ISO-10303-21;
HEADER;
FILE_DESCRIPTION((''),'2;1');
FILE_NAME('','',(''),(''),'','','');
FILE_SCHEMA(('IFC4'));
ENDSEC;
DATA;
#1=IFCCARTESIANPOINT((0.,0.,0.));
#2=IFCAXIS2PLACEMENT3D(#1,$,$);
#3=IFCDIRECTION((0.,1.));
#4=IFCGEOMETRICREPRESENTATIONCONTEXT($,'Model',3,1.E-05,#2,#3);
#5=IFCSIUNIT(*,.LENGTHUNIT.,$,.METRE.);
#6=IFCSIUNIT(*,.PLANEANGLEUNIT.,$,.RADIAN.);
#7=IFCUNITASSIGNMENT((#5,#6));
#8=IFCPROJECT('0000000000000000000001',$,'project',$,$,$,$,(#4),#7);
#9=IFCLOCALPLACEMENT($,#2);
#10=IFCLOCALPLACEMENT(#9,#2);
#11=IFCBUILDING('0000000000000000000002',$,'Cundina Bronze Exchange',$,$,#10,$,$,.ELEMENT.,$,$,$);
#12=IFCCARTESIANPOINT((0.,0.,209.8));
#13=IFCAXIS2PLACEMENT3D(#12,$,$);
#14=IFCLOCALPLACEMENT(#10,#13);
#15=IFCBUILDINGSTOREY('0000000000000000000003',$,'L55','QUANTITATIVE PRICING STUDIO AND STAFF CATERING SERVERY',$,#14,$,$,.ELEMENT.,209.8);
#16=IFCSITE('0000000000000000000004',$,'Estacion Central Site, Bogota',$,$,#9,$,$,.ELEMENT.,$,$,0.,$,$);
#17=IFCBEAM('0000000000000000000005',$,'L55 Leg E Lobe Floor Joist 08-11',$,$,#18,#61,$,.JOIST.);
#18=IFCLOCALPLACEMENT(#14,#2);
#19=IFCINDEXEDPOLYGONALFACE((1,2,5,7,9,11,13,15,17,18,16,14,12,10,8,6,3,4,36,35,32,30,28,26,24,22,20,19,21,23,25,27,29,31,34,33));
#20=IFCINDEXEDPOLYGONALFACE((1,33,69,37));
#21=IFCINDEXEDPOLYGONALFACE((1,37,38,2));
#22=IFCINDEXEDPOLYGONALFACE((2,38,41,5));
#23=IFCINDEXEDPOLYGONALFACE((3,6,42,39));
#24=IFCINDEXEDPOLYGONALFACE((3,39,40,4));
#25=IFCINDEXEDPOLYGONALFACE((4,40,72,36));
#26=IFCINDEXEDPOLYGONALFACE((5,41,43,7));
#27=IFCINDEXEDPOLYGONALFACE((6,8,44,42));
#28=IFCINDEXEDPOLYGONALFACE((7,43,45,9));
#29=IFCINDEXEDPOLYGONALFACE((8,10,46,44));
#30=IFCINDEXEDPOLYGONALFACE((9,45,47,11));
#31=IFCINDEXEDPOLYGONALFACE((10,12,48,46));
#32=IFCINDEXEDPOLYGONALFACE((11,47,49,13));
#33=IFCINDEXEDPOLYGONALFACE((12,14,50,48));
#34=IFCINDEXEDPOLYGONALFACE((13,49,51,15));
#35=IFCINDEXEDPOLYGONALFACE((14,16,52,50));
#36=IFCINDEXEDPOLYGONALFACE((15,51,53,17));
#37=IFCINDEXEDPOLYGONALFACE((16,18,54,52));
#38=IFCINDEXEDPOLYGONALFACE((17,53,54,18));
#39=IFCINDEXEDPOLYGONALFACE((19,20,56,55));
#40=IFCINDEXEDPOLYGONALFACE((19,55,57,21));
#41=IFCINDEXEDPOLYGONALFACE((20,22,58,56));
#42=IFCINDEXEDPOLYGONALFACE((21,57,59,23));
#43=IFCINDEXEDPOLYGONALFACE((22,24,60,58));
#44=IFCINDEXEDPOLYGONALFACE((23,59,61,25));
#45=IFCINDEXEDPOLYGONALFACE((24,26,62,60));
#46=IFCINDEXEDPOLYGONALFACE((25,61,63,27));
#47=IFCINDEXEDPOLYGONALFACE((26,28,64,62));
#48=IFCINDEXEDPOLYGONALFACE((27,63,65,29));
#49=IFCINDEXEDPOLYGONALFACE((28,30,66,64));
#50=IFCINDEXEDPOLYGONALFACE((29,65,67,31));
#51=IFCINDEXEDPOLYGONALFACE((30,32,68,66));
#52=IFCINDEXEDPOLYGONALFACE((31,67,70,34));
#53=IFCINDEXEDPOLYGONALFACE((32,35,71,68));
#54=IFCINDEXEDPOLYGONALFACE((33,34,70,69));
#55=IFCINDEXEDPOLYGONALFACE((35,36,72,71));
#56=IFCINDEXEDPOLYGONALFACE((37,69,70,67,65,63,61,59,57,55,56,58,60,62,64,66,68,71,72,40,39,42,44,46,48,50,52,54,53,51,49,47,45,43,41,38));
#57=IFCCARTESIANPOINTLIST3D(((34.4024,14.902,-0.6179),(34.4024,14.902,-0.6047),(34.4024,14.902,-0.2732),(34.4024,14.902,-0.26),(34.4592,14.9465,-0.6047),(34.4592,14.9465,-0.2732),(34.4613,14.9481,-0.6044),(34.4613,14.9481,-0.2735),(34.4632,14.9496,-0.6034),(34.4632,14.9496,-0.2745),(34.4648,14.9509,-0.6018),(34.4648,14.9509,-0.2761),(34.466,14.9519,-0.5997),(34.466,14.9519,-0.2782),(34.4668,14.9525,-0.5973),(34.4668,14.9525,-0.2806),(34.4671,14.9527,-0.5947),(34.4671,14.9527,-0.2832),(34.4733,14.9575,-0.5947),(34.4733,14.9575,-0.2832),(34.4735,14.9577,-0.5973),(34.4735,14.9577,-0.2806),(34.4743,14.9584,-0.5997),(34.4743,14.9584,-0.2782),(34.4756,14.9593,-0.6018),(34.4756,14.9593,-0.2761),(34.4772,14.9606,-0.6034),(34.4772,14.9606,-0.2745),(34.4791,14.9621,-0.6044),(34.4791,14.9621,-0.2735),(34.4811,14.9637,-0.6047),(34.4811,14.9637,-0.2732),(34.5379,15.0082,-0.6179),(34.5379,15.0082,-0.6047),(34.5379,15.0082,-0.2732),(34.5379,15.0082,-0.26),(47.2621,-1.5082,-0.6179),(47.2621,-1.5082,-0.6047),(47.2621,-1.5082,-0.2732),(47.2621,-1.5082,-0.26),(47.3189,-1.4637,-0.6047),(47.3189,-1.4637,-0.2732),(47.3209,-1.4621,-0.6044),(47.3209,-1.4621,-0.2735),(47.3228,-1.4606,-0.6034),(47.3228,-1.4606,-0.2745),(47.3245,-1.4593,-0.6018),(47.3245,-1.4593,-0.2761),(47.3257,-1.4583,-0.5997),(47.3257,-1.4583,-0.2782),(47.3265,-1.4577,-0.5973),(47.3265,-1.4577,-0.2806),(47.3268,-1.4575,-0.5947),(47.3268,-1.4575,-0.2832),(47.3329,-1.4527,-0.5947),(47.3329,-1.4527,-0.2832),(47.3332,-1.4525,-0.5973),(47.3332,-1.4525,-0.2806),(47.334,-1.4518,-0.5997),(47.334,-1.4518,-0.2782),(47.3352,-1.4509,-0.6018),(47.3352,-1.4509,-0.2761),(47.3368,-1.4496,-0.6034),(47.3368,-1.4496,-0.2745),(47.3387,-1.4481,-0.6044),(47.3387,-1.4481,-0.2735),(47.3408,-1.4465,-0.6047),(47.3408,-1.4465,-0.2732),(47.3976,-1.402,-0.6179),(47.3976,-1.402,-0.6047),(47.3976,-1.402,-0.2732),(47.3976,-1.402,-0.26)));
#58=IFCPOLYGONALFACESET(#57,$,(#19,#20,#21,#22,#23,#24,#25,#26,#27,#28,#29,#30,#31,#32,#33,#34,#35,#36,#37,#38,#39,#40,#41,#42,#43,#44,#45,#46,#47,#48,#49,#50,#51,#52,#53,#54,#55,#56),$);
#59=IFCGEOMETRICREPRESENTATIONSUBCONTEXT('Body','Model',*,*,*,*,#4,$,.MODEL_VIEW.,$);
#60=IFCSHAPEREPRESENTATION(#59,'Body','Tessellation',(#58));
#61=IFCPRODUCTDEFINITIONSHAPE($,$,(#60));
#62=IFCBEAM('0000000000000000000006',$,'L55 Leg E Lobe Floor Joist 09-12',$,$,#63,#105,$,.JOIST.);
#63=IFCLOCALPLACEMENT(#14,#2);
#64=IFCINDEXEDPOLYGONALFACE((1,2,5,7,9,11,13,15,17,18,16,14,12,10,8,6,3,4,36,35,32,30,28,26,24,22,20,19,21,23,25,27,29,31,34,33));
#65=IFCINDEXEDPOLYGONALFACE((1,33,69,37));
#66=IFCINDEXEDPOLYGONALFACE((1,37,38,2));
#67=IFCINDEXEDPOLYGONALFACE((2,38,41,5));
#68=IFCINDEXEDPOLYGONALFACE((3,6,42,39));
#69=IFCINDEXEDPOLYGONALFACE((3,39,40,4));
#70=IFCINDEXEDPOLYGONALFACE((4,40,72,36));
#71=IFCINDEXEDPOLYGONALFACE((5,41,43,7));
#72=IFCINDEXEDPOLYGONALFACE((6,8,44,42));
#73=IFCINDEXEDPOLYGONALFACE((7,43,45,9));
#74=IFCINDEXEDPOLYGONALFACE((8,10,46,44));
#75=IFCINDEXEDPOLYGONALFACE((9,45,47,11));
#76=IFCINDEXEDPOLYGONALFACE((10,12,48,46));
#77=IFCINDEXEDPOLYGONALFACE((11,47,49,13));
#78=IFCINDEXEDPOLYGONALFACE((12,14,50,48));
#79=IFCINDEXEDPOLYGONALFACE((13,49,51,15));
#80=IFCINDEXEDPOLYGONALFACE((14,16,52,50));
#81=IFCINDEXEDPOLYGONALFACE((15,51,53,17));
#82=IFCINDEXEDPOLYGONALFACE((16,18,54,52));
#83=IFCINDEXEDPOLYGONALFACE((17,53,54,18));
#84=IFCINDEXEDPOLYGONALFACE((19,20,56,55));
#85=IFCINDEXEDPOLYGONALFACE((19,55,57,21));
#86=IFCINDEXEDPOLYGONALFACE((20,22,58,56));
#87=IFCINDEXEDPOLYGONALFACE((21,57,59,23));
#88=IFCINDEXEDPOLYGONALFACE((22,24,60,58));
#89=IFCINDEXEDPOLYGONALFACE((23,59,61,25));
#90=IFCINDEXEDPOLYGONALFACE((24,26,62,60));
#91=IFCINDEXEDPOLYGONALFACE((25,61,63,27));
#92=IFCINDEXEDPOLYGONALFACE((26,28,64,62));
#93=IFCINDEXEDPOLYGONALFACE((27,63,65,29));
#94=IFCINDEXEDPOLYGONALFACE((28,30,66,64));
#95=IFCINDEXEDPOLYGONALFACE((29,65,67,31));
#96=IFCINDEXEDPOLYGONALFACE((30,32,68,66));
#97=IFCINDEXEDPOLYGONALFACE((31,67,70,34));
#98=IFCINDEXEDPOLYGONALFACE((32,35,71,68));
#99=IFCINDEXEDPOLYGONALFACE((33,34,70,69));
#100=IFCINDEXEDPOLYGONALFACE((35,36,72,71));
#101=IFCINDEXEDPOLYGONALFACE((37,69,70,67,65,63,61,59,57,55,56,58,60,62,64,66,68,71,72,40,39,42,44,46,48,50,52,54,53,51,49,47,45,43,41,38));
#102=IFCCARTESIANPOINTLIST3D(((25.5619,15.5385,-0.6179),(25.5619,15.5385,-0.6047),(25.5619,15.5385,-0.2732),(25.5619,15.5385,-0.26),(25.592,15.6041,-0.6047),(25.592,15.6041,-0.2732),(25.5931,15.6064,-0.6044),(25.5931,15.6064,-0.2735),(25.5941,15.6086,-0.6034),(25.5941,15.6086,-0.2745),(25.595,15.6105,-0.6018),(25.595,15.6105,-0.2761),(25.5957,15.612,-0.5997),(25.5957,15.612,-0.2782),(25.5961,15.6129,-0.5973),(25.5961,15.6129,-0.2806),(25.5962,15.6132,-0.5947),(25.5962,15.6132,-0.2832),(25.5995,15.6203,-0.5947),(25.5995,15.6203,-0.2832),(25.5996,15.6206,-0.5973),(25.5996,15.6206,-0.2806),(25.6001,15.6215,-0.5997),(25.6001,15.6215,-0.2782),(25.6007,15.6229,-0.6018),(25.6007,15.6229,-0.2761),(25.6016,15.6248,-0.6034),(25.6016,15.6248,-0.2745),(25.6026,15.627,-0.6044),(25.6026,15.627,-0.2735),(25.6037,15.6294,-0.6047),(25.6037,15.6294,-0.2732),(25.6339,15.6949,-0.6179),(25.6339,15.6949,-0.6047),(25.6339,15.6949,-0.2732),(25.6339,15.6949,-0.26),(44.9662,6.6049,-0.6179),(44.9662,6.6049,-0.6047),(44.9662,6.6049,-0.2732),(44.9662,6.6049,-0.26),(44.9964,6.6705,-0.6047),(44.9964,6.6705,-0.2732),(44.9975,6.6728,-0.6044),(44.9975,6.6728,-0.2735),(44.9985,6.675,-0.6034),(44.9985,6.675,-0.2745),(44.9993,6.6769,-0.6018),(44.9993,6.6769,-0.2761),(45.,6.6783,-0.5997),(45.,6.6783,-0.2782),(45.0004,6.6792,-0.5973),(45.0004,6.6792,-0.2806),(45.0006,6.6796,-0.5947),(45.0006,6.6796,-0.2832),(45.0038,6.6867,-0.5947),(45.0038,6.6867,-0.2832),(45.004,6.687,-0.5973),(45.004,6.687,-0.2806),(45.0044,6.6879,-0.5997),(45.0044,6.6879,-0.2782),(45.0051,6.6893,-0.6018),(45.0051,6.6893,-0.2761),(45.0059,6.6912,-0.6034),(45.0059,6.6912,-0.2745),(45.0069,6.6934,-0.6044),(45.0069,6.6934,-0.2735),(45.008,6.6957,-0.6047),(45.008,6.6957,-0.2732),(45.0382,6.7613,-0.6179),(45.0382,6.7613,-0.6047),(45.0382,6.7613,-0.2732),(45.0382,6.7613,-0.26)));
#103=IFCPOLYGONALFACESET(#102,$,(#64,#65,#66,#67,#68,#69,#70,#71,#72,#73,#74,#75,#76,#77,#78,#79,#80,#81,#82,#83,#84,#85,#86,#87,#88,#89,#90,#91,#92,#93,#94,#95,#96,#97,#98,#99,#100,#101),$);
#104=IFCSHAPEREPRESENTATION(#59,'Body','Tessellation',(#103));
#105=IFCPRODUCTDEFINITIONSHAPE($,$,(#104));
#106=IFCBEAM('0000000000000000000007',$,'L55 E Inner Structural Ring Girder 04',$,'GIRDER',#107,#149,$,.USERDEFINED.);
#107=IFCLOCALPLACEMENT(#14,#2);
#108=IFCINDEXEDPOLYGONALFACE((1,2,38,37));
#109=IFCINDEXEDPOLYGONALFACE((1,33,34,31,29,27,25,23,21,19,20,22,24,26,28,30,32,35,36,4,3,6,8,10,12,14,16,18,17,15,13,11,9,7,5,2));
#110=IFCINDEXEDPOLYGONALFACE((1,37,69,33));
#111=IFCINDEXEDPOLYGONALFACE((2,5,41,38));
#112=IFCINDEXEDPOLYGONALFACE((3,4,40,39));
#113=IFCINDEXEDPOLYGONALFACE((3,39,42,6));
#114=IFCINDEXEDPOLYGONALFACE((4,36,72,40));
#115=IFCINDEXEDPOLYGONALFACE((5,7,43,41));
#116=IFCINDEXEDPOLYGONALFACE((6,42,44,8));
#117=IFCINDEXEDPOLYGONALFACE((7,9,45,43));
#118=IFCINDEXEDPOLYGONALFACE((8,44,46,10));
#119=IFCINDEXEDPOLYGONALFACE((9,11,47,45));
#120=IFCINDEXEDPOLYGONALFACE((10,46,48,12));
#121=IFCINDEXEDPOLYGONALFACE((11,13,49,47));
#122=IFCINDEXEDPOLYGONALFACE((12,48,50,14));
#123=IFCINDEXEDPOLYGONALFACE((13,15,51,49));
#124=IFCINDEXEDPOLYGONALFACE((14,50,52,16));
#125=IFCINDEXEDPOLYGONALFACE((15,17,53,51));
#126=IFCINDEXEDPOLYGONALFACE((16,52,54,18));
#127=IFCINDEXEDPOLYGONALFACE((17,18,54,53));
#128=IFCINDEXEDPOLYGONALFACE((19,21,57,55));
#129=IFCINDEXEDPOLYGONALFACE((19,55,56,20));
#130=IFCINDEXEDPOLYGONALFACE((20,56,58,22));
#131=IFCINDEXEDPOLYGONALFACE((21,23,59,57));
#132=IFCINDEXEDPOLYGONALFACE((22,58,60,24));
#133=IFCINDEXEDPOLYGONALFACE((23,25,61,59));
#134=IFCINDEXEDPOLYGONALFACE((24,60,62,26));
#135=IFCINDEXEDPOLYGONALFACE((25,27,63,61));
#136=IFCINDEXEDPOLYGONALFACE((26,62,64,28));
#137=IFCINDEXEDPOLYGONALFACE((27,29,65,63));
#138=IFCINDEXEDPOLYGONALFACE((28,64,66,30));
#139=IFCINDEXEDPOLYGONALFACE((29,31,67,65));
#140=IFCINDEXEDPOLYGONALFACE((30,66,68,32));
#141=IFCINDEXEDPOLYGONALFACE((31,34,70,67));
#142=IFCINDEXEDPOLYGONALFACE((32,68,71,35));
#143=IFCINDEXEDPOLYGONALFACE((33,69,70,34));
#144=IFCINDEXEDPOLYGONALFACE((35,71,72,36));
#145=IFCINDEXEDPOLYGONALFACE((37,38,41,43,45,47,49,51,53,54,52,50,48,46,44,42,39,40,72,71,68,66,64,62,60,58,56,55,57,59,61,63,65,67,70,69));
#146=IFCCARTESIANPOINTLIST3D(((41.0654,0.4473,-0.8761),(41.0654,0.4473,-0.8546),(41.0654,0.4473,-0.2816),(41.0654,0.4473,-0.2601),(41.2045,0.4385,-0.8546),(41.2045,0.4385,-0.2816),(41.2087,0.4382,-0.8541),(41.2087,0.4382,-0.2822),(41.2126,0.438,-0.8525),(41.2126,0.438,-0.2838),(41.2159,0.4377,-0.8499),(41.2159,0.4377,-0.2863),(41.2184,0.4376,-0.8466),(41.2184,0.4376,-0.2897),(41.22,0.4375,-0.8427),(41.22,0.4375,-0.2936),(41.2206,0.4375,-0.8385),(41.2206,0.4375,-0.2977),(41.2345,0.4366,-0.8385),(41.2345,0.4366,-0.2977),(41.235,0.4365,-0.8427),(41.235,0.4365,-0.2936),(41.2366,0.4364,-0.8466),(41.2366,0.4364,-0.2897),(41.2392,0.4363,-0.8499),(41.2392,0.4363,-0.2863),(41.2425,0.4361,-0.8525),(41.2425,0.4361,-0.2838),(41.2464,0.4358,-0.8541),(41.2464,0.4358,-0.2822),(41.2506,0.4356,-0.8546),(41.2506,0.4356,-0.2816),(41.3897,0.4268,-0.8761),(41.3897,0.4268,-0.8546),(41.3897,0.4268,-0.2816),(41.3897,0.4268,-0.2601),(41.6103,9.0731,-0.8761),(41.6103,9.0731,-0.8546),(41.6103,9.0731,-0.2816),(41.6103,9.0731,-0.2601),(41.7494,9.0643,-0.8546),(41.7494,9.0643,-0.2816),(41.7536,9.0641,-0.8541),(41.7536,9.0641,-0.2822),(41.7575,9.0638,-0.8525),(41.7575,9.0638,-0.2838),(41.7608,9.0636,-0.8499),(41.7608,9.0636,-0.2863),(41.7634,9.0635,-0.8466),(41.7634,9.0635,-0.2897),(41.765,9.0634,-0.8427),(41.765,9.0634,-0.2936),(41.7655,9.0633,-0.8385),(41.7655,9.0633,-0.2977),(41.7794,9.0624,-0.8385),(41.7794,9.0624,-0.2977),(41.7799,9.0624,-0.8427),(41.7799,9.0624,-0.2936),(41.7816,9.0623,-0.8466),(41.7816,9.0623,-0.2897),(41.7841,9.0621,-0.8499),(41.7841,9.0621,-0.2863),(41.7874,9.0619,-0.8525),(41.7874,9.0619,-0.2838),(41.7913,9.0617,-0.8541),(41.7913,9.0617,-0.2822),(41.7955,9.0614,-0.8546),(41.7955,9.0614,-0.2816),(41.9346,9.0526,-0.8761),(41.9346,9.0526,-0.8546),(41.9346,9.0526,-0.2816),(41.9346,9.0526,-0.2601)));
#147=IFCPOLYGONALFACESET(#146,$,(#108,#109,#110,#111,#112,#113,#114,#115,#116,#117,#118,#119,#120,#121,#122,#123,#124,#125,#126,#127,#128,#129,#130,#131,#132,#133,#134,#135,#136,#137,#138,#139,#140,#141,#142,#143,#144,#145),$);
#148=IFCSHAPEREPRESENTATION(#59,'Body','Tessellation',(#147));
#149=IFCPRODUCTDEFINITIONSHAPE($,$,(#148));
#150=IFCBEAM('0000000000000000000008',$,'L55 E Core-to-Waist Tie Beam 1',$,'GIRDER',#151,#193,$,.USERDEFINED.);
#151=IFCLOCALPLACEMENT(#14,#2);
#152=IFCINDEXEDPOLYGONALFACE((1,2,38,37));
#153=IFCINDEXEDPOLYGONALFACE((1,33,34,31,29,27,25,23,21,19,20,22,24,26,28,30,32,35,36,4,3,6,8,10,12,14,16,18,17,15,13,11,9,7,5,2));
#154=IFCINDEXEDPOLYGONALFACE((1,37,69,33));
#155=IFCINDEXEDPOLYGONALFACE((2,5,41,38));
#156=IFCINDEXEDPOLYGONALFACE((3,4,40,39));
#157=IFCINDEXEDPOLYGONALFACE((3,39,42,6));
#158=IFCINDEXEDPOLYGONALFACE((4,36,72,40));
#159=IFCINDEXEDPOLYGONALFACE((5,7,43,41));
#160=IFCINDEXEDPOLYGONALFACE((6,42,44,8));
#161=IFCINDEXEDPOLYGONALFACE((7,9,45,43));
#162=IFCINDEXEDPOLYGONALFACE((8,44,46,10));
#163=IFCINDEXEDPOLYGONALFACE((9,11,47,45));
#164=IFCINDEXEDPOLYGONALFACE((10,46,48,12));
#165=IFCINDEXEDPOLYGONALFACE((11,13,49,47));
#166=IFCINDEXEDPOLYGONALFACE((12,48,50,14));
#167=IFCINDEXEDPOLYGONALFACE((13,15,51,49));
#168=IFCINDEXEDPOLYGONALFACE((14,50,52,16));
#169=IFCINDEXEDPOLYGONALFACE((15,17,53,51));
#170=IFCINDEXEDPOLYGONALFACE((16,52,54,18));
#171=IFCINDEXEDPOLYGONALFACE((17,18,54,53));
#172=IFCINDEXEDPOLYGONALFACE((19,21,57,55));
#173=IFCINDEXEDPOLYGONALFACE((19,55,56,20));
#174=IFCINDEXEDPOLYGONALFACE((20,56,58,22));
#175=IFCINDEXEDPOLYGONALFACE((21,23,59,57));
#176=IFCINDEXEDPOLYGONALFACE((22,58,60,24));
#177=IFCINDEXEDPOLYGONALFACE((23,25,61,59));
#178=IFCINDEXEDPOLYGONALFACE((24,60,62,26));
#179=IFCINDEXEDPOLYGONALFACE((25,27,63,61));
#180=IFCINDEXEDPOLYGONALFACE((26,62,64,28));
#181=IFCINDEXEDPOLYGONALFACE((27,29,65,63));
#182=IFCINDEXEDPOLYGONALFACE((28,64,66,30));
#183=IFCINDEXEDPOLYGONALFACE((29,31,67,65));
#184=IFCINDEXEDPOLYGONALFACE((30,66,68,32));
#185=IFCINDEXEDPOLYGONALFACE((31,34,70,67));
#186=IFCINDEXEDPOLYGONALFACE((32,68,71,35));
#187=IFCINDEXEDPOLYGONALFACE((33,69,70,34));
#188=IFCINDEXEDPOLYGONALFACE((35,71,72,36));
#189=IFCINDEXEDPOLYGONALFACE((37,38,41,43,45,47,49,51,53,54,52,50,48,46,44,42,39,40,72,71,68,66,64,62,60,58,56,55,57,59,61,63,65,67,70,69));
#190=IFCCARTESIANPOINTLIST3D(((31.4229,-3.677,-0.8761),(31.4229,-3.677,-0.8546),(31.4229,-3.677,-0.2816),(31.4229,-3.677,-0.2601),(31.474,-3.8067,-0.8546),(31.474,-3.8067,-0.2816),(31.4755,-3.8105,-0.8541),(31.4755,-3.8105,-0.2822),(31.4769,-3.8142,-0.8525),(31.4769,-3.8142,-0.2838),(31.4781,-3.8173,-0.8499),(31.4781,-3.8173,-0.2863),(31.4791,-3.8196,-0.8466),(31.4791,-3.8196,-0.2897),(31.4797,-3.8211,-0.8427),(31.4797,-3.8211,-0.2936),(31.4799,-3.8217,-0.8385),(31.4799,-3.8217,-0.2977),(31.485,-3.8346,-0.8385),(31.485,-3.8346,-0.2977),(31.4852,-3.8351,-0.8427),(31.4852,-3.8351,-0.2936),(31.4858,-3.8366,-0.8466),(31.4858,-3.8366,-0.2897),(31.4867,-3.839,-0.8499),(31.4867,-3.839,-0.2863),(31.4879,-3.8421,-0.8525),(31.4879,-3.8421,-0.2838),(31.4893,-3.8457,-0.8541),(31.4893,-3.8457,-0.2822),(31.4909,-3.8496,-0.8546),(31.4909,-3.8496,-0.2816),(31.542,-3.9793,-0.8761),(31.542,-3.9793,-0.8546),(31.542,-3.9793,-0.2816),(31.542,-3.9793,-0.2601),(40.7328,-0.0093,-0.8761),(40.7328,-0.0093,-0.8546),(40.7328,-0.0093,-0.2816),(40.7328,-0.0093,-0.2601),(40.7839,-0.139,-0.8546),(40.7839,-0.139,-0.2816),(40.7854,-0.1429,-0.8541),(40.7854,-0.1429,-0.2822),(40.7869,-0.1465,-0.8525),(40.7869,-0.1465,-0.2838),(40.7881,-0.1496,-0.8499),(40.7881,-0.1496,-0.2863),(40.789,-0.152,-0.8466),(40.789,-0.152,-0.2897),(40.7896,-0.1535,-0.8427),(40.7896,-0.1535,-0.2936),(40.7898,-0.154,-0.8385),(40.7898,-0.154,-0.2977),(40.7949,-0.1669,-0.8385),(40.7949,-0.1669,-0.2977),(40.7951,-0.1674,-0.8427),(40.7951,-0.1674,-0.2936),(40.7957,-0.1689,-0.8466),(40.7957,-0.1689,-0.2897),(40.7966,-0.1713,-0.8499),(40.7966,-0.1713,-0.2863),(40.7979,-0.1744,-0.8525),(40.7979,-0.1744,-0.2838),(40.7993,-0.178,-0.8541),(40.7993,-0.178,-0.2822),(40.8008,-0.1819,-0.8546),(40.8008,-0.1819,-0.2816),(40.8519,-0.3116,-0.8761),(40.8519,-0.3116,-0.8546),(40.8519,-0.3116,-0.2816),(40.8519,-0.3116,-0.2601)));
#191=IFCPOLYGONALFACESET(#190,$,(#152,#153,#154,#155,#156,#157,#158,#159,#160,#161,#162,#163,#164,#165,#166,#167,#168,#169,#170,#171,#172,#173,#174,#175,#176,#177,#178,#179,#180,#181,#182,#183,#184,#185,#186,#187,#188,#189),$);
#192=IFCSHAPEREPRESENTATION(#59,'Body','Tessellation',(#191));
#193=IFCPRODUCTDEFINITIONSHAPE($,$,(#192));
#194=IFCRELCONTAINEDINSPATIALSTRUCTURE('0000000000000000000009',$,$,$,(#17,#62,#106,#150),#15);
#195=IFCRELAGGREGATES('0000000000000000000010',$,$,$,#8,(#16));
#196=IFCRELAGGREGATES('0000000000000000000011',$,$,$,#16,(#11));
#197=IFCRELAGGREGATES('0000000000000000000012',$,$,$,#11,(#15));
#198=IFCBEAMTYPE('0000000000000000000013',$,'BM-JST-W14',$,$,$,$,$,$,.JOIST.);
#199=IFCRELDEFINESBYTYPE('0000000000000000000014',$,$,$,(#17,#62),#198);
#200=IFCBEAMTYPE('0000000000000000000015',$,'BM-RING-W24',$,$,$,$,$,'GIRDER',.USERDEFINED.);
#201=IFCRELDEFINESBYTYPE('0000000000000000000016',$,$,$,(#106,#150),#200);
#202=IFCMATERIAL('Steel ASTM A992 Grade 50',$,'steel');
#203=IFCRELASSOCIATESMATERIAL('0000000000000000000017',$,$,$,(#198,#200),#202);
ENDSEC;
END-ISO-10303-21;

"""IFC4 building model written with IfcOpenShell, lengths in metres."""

from ifc_helpers import new_model, si_unit, direction, frame, origin, origin_2d, place, context, subcontext, project, spatial, i_section, extrude, material, material_profile, profile_set, type_object, element, save


model = new_model("IFC4")

# Units and contexts
model_context = context("Model", 3, precision=1e-05, world=origin(), true_north=direction((0.0, 1.0)))
body_context = subcontext(model_context, "Body", "Model", "MODEL_VIEW")
ifc_project = project(units=[si_unit("LENGTHUNIT", "METRE"), si_unit("PLANEANGLEUNIT", "RADIAN")], contexts=[model_context])

# Site, building, storey
site_placement = place(None, origin())
site = spatial("IfcSite", under=ifc_project, at=site_placement, Name="Estacion Central Site, Bogota", CompositionType="ELEMENT", RefElevation=0.0)
building_placement = place(site_placement, origin())
building = spatial("IfcBuilding", under=site, at=building_placement, Name="Cundina Bronze Exchange", CompositionType="ELEMENT")
storey_placement = place(building_placement, frame((0.0, 0.0, 209.8)))
storey = spatial("IfcBuildingStorey", under=building, at=storey_placement, Name="L55", Description="QUANTITATIVE PRICING STUDIO AND STAFF CATERING SERVERY", CompositionType="ELEMENT", Elevation=209.8)

# Shared definitions
ifc_material_1 = material(Name="Steel ASTM A992 Grade 50", Category="steel")

# Beams
ifc_material_profile_1 = material_profile(ifc_material_1, i_section(OverallWidth=0.1721, OverallDepth=0.3579, WebThickness=0.0078, FlangeThickness=0.0132, FilletRadius=0.01, at=origin_2d()), Name="W14X38", Category="steel")
ifc_profile_set_1 = profile_set([ifc_material_profile_1], Name="Steel ASTM A992 Grade 50")
beam_type_1 = type_object("IfcBeamType", Name="BM-JST-W14", PredefinedType="JOIST", material=ifc_profile_set_1)
beam_1_placement = place(storey_placement, frame((47.3298, -1.4551, -0.439), z_axis=(-0.61681, 0.787112, 0.0), x_axis=(-0.787112, -0.61681, 0.0)))
element("IfcBeam", 1, at=beam_1_placement, inside=storey, type_object=beam_type_1, Name="L55 Leg E Lobe Floor Joist 08-11", PredefinedType="JOIST", context=body_context, shape_type="SweptSolid", body=[
    extrude(i_section(OverallWidth=0.1721, OverallDepth=0.3579, WebThickness=0.0078, FlangeThickness=0.0132, FilletRadius=0.01, at=origin_2d()), origin(), (0.0, 0.0, 1.0), 20.8486),
])
beam_2_placement = place(storey_placement, frame((45.0022, 6.6831, -0.439), z_axis=(-0.908355, 0.4182, 0.0), x_axis=(-0.4182, -0.908355, 0.0)))
element("IfcBeam", 2, at=beam_2_placement, inside=storey, type_object=beam_type_1, Name="L55 Leg E Lobe Floor Joist 09-12", PredefinedType="JOIST", context=body_context, shape_type="SweptSolid", body=[
    extrude(i_section(OverallWidth=0.1721, OverallDepth=0.3579, WebThickness=0.0078, FlangeThickness=0.0132, FilletRadius=0.01, at=origin_2d()), origin(), (0.0, 0.0, 1.0), 21.3621),
])
ifc_material_profile_2 = material_profile(ifc_material_1, i_section(OverallWidth=0.325, OverallDepth=0.616, WebThickness=0.0139, FlangeThickness=0.0215, FilletRadius=0.0161, at=origin_2d()), Name="W24X117", Category="steel")
ifc_profile_set_2 = profile_set([ifc_material_profile_2], Name="Steel ASTM A992 Grade 50")
beam_type_2 = type_object("IfcBeamType", Name="BM-RING-W24", ElementType="GIRDER", PredefinedType="USERDEFINED", material=ifc_profile_set_2)
beam_3_placement = place(storey_placement, frame((41.2275, 0.437, -0.5681), z_axis=(0.063047, 0.998011, 0.0), x_axis=(-0.998011, 0.063047, 0.0)))
element("IfcBeam", 3, at=beam_3_placement, inside=storey, type_object=beam_type_2, Name="L55 E Inner Structural Ring Girder 04", ObjectType="GIRDER", PredefinedType="USERDEFINED", context=body_context, shape_type="SweptSolid", body=[
    extrude(i_section(OverallWidth=0.325, OverallDepth=0.616, WebThickness=0.0139, FlangeThickness=0.0215, FilletRadius=0.0161, at=origin_2d()), origin(), (0.0, 0.0, 1.0), 8.6431),
])
beam_4_placement = place(storey_placement, frame((31.4824, -3.8281, -0.5681), z_axis=(0.930404, 0.366535, 0.0), x_axis=(-0.366535, 0.930404, 0.0)))
element("IfcBeam", 4, at=beam_4_placement, inside=storey, type_object=beam_type_2, Name="L55 E Core-to-Waist Tie Beam 1", ObjectType="GIRDER", PredefinedType="USERDEFINED", context=body_context, shape_type="SweptSolid", body=[
    extrude(i_section(OverallWidth=0.325, OverallDepth=0.616, WebThickness=0.0139, FlangeThickness=0.0215, FilletRadius=0.0161, at=origin_2d()), origin(), (0.0, 0.0, 1.0), 10.0063),
])

save(model, "model.ifc")
